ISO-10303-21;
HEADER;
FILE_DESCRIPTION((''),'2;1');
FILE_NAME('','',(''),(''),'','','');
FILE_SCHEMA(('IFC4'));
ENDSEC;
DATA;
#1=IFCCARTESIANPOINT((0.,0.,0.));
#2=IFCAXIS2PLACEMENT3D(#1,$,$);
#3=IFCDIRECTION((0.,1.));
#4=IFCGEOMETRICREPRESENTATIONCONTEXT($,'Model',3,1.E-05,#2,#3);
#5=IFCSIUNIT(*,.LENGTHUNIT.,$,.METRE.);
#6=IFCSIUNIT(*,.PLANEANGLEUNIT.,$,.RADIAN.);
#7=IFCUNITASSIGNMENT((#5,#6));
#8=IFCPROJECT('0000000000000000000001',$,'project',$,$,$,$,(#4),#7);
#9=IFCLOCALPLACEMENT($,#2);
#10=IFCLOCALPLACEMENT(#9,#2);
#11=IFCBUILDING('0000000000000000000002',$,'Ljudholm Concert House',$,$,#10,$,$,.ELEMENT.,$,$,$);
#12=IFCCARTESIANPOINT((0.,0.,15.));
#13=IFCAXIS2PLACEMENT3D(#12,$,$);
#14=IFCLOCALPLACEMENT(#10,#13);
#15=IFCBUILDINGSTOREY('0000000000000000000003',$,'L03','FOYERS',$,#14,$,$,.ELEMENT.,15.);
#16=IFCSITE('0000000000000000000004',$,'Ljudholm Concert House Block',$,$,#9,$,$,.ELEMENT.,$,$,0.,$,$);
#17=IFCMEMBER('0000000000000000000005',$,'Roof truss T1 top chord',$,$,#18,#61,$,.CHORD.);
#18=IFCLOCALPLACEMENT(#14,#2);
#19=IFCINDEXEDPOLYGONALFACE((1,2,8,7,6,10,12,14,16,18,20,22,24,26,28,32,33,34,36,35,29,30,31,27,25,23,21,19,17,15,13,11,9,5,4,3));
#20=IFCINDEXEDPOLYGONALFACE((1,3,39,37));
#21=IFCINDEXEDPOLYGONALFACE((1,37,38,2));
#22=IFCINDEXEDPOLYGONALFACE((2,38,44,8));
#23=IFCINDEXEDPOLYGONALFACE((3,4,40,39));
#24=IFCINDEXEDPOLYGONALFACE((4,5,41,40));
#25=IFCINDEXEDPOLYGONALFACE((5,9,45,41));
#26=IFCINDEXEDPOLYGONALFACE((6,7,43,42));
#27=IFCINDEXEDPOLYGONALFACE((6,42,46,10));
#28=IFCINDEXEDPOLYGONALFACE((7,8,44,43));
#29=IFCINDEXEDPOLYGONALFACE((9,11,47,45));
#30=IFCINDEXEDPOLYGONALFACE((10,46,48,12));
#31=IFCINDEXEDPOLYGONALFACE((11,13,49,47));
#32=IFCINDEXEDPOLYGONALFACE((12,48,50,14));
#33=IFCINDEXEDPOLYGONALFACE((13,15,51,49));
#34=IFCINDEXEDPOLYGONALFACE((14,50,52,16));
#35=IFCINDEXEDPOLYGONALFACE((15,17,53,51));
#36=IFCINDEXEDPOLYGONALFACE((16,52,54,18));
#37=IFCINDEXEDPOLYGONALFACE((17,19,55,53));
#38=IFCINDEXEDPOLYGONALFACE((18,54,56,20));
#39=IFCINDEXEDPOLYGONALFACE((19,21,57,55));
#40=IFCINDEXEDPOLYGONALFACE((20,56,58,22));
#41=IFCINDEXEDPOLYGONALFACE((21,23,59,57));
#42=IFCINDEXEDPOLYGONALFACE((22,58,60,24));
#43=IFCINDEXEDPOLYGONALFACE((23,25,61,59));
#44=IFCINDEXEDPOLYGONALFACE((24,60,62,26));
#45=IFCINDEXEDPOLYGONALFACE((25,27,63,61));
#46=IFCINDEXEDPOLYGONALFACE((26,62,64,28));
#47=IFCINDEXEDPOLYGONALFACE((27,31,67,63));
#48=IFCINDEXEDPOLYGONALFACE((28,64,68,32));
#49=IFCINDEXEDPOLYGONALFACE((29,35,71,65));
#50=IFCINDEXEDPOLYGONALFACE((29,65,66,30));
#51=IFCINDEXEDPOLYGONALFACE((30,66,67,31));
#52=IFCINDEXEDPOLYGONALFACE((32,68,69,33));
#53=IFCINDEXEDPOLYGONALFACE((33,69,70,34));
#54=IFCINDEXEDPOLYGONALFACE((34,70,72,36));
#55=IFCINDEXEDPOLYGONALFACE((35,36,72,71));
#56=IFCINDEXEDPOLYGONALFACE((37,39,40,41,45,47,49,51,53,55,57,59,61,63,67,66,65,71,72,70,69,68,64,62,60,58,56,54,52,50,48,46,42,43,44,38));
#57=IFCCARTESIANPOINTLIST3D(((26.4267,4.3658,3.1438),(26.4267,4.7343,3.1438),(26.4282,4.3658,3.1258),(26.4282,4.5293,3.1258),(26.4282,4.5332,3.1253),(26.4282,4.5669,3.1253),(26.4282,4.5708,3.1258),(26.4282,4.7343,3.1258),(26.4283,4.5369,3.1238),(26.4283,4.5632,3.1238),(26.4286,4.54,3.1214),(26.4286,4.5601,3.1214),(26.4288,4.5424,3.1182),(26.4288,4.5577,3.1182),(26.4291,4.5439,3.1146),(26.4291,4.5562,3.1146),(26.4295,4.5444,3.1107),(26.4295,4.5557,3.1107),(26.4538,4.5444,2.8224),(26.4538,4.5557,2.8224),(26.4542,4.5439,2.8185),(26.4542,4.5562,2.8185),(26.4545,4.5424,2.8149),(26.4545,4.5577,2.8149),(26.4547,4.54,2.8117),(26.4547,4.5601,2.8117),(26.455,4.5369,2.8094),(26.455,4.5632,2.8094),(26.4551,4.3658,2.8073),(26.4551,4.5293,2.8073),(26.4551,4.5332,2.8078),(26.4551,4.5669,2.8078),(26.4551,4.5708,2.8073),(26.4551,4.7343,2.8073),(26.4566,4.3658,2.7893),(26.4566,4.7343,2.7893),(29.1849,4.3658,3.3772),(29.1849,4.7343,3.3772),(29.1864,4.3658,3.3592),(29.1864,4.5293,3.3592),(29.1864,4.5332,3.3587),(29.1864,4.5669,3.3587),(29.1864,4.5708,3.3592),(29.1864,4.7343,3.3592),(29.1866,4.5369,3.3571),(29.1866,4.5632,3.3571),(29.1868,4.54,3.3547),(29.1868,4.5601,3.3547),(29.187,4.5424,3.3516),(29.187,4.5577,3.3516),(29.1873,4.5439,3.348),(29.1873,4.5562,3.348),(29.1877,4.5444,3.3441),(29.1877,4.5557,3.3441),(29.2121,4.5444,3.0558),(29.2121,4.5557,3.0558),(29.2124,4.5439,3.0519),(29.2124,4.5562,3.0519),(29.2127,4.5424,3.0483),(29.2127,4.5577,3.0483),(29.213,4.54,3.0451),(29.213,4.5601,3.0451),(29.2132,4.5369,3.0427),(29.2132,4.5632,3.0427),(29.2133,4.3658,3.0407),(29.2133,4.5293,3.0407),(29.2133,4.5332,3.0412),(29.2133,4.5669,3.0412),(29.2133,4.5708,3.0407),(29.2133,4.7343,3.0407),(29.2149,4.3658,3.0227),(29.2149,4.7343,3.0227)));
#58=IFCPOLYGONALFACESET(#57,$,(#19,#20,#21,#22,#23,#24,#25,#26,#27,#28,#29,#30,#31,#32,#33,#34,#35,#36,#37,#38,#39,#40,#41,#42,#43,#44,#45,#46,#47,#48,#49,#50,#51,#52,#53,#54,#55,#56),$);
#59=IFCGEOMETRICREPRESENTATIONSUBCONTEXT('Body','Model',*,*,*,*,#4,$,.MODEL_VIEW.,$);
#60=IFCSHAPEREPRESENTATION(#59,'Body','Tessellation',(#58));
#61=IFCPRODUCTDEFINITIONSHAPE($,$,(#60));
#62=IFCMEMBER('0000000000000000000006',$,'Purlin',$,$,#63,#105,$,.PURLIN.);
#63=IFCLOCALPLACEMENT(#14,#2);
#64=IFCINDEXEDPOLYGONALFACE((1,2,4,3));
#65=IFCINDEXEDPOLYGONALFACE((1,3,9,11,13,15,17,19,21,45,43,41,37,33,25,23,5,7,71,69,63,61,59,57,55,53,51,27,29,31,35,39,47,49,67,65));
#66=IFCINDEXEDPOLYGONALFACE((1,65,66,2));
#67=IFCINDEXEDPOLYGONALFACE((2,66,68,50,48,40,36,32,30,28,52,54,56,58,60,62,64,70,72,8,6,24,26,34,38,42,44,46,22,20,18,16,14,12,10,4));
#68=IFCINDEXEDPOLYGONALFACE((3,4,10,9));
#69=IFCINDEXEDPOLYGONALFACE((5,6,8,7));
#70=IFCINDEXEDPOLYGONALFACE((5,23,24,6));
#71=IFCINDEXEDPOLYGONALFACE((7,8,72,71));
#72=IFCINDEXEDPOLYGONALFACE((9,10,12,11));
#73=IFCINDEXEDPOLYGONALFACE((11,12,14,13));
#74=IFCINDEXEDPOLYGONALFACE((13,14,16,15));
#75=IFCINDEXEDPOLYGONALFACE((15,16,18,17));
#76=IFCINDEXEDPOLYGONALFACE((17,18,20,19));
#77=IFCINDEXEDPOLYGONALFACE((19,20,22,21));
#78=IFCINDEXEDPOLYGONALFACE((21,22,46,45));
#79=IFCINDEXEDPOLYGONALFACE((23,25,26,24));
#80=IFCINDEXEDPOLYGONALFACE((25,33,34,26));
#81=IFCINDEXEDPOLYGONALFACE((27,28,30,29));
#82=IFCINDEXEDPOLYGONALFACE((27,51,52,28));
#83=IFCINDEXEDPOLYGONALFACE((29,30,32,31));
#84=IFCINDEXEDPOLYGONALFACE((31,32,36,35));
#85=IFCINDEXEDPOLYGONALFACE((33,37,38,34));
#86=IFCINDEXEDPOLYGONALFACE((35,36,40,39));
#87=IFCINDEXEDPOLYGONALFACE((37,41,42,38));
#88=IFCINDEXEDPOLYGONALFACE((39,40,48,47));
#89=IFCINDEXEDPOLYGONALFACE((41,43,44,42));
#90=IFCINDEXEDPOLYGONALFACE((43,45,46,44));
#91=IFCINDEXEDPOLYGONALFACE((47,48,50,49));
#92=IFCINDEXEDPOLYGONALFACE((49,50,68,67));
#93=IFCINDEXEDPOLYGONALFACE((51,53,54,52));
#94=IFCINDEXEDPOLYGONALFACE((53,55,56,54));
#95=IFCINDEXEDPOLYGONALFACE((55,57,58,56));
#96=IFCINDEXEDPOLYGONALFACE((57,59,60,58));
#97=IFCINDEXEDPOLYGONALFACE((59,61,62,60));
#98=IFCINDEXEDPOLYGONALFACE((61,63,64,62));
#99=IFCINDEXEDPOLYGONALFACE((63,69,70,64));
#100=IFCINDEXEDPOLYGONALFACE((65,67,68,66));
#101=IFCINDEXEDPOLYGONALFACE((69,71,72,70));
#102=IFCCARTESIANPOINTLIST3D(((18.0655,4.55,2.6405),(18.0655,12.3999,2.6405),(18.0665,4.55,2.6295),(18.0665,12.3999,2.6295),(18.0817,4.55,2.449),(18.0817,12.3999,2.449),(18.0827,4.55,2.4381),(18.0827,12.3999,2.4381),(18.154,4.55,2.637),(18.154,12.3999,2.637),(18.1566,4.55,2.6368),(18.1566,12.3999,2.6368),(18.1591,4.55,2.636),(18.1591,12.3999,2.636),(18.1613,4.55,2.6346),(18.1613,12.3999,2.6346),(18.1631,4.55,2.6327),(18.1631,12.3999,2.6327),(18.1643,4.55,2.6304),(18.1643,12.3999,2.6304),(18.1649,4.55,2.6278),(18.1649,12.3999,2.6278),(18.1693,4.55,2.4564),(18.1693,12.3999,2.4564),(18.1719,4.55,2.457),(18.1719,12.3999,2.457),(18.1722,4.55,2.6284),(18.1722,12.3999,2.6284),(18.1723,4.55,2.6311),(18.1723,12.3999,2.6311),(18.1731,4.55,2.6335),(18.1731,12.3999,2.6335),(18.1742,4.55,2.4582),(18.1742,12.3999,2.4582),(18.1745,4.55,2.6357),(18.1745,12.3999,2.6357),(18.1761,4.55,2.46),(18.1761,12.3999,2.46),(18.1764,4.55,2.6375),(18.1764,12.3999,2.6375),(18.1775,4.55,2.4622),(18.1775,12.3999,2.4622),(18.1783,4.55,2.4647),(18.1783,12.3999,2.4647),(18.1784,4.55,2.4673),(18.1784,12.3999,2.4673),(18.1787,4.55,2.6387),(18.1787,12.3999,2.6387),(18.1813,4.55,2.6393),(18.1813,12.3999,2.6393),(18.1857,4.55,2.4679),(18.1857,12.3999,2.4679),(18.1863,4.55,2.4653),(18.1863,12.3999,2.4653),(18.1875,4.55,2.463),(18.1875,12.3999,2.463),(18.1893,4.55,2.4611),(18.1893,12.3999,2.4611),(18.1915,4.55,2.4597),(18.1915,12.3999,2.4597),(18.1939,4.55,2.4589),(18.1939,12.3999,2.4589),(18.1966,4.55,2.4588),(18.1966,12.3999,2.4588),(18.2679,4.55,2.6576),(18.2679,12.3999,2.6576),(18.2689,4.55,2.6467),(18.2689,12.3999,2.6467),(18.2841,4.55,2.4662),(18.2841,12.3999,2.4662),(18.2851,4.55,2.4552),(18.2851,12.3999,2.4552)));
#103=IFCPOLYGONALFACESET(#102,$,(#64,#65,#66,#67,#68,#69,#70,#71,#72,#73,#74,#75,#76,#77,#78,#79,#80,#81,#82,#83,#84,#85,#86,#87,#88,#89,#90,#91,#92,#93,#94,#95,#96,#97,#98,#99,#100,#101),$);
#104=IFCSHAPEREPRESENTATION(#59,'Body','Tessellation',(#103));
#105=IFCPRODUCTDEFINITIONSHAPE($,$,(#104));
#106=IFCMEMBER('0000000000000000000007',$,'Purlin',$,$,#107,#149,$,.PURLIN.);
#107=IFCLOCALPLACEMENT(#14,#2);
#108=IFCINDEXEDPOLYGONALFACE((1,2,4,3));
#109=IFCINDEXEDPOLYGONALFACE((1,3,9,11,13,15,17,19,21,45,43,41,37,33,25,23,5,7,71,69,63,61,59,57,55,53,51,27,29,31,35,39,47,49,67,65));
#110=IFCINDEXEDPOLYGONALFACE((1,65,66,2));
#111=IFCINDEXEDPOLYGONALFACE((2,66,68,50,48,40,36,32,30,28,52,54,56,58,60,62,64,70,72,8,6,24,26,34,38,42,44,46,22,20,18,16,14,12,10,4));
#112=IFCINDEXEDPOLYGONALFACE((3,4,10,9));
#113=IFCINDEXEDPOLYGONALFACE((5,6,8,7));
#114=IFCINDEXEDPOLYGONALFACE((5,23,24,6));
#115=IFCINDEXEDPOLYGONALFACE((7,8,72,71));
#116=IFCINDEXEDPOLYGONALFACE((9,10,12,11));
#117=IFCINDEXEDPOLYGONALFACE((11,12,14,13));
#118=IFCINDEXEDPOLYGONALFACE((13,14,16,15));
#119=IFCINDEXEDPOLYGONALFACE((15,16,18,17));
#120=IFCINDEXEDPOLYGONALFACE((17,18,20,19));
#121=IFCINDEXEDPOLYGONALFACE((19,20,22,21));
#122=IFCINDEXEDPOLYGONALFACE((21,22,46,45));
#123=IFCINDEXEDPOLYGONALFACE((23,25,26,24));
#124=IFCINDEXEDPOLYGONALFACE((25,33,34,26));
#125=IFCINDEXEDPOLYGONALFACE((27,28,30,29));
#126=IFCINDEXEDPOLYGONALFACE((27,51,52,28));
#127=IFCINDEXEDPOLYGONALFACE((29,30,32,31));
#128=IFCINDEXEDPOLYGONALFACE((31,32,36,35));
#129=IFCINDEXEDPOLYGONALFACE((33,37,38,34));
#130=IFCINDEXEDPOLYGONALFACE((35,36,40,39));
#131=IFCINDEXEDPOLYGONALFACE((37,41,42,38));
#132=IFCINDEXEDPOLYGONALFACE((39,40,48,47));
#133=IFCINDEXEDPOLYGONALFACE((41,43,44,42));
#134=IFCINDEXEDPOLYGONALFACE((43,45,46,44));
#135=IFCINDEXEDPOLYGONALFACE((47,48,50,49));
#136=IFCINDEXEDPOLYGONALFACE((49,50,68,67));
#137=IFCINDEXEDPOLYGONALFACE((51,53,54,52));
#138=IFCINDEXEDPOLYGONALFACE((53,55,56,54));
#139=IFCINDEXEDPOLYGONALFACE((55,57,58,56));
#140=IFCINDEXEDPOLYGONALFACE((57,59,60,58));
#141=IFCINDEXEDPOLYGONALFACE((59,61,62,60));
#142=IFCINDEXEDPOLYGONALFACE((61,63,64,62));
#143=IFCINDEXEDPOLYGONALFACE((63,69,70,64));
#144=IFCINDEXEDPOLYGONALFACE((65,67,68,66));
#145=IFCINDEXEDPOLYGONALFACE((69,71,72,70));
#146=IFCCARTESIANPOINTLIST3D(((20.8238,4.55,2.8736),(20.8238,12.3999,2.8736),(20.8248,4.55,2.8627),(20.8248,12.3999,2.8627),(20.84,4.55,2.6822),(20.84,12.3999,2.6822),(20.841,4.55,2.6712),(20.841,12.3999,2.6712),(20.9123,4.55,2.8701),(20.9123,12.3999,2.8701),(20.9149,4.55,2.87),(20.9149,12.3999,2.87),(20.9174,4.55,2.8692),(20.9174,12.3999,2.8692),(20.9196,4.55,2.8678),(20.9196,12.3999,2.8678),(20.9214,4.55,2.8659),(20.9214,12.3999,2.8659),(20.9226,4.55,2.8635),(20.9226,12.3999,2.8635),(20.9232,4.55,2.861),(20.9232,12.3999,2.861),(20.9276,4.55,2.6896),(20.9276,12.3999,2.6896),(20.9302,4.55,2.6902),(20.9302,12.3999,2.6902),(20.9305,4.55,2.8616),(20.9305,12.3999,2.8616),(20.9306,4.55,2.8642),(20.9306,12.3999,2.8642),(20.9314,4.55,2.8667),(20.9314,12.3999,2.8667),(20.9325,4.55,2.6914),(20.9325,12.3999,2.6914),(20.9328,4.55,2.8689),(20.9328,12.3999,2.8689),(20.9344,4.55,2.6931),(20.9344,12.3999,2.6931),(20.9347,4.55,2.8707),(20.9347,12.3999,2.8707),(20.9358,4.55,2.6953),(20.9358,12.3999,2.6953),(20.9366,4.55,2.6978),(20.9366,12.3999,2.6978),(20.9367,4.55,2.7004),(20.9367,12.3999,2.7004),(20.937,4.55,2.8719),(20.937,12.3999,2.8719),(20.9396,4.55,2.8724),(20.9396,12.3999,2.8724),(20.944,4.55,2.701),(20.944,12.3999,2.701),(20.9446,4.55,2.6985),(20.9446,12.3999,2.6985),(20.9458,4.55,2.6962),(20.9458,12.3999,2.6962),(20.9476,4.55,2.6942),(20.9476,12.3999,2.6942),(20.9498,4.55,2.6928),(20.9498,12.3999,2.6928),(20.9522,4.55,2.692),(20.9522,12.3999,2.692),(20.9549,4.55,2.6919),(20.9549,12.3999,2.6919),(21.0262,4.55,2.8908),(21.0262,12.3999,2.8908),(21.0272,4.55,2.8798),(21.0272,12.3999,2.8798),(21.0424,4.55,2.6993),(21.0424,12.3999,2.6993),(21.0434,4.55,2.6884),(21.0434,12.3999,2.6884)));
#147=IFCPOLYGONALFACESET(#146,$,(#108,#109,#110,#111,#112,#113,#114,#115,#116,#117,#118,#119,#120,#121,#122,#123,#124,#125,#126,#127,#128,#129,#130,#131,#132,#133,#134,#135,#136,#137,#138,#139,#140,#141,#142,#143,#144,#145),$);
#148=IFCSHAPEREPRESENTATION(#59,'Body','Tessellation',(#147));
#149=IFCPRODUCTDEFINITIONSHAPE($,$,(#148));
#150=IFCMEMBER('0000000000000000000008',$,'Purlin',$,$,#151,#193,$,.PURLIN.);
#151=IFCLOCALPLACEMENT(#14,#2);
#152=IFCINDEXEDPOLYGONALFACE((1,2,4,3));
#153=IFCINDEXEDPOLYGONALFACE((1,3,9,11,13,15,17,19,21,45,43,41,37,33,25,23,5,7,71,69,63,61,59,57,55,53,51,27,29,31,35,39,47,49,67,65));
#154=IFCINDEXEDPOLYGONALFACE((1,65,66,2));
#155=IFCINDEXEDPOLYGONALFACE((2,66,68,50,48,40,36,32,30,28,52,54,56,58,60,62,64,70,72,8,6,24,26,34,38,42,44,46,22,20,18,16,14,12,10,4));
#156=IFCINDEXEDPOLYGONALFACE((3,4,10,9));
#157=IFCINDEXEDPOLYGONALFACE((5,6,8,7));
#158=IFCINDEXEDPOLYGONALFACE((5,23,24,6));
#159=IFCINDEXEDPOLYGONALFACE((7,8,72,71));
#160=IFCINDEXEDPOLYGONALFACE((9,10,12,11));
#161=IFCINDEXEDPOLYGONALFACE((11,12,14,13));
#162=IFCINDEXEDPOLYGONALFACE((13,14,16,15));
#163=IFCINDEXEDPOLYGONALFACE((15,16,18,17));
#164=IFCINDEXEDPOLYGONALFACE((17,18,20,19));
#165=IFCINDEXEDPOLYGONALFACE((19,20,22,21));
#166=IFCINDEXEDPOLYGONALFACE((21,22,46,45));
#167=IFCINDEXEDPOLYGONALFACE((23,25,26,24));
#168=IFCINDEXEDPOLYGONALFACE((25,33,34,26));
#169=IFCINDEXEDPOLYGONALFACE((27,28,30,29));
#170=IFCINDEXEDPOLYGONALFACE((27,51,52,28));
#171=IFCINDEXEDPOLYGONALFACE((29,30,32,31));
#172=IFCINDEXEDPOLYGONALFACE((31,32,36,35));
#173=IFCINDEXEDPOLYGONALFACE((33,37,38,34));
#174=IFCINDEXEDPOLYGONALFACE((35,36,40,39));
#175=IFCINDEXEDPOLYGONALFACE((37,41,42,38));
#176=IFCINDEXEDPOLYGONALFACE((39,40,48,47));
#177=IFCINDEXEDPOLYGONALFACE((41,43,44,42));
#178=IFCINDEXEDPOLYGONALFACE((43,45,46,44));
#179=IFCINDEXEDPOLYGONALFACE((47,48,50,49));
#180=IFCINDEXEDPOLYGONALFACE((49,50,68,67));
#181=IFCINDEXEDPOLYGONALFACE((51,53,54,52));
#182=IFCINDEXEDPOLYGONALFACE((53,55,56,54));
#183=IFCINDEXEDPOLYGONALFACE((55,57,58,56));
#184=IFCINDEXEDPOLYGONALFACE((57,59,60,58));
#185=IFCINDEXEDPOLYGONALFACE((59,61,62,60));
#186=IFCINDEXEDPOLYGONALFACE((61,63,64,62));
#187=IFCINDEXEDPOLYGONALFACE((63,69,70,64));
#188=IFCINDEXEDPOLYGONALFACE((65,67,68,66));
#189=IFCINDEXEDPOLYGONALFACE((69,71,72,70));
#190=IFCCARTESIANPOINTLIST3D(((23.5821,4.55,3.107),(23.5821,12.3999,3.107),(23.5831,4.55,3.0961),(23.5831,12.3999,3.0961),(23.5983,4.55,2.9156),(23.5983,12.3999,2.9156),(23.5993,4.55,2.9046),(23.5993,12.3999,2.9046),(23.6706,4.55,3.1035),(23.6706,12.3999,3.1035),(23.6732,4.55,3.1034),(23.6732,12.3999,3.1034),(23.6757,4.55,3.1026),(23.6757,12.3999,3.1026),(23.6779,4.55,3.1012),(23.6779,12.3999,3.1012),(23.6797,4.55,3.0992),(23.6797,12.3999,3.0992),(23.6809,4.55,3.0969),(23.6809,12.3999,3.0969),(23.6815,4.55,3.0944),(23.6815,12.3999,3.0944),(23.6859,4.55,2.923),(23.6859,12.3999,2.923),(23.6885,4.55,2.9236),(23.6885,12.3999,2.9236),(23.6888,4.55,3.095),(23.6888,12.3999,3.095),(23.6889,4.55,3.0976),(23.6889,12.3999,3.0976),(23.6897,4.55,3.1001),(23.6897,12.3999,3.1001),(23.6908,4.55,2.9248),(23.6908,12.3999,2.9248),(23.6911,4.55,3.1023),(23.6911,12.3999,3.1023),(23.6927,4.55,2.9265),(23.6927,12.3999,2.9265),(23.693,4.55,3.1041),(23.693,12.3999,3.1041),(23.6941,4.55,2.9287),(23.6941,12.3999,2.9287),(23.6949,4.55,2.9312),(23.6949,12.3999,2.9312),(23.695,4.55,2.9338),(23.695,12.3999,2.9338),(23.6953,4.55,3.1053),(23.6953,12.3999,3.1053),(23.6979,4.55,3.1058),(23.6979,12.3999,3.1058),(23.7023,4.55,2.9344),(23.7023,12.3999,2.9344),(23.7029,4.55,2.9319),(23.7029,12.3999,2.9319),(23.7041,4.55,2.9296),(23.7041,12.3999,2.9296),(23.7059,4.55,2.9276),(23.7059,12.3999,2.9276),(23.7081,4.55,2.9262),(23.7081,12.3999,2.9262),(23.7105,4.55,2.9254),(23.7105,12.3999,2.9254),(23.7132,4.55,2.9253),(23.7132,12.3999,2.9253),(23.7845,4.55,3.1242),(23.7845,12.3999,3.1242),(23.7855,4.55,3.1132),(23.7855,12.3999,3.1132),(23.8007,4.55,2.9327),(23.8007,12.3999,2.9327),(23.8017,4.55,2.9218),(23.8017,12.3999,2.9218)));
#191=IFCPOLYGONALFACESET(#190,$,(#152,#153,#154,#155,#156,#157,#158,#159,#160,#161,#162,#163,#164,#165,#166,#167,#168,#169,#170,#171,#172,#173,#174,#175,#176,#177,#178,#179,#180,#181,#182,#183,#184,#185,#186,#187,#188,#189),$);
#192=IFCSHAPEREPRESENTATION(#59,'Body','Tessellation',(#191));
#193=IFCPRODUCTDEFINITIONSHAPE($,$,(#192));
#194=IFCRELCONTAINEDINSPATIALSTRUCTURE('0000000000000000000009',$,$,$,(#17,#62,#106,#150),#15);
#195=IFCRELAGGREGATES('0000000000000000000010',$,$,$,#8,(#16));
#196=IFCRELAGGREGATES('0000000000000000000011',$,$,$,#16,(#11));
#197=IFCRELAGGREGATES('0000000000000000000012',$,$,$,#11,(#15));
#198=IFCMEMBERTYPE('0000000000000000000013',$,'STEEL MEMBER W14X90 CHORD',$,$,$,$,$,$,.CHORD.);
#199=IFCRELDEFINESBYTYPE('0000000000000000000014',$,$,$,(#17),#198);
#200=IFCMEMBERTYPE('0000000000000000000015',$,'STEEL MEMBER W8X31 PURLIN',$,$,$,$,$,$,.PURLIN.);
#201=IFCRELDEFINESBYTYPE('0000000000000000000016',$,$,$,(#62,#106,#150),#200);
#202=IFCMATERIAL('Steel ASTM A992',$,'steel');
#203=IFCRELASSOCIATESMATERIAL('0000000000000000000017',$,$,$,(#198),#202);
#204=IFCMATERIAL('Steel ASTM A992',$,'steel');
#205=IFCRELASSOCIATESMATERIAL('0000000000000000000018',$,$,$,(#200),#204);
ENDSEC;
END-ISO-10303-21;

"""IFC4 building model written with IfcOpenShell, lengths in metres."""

from ifc_helpers import new_model, si_unit, direction, frame, origin, origin_2d, place, context, subcontext, project, spatial, i_section, extrude, material, material_profile, profile_set, type_object, element, save


model = new_model("IFC4")

# Units and contexts
model_context = context("Model", 3, precision=1e-05, world=origin(), true_north=direction((0.0, 1.0)))
body_context = subcontext(model_context, "Body", "Model", "MODEL_VIEW")
ifc_project = project(units=[si_unit("LENGTHUNIT", "METRE"), si_unit("PLANEANGLEUNIT", "RADIAN")], contexts=[model_context])

# Site, building, storey
site_placement = place(None, origin())
site = spatial("IfcSite", under=ifc_project, at=site_placement, Name="Ljudholm Concert House Block", CompositionType="ELEMENT", RefElevation=0.0)
building_placement = place(site_placement, origin())
building = spatial("IfcBuilding", under=site, at=building_placement, Name="Ljudholm Concert House", CompositionType="ELEMENT")
storey_placement = place(building_placement, frame((0.0, 0.0, 15.0)))
storey = spatial("IfcBuildingStorey", under=building, at=storey_placement, Name="L03", Description="FOYERS", CompositionType="ELEMENT", Elevation=15.0)

# Members
ifc_material_1 = material(Name="Steel ASTM A992", Category="steel")
ifc_material_profile_1 = material_profile(ifc_material_1, i_section(OverallWidth=0.3684, OverallDepth=0.3557, WebThickness=0.0112, FlangeThickness=0.0181, FilletRadius=0.0151, at=origin_2d()), Name="W14X90")
ifc_profile_set_1 = profile_set([ifc_material_profile_1], Name="Steel ASTM A992")
member_type_1 = type_object("IfcMemberType", Name="STEEL MEMBER W14X90 CHORD", PredefinedType="CHORD", material=ifc_profile_set_1)
for number, where, z_axis, x_axis, name in (
    (1, (26.4417, 4.55, 2.9666), (0.996439, 0.0, 0.084315), (0.0, 1.0, 0.0), "Roof truss T1 top chord"),
):
    element("IfcMember", number, at=place(storey_placement, frame(where, z_axis=z_axis, x_axis=x_axis)), inside=storey, type_object=member_type_1, Name=name, PredefinedType="CHORD", context=body_context, shape_type="SweptSolid", body=[
        extrude(i_section(OverallWidth=0.3684, OverallDepth=0.3557, WebThickness=0.0112, FlangeThickness=0.0181, FilletRadius=0.0151, at=origin_2d()), origin(), (0.0, 0.0, 1.0), 2.7681),
    ])
ifc_material_2 = material(Name="Steel ASTM A992", Category="steel")
ifc_material_profile_2 = material_profile(ifc_material_2, i_section(OverallWidth=0.2031, OverallDepth=0.2031, WebThickness=0.0073, FlangeThickness=0.011, FilletRadius=0.01, at=origin_2d()), Name="W8X31")
ifc_profile_set_2 = profile_set([ifc_material_profile_2], Name="Steel ASTM A992")
member_type_2 = type_object("IfcMemberType", Name="STEEL MEMBER W8X31 PURLIN", PredefinedType="PURLIN", material=ifc_profile_set_2)
for number, where, z_axis, x_axis, name in (
    (2, (18.1753, 4.55, 2.5479), (0.0, 1.0, 0.0), (-0.996441, 0.0, -0.084291), "Purlin"),
    (3, (20.9336, 4.55, 2.781), (0.0, 1.0, 0.0), (-0.996441, 0.0, -0.084291), "Purlin"),
    (4, (23.6919, 4.55, 3.0144), (0.0, 1.0, 0.0), (-0.996441, 0.0, -0.084291), "Purlin"),
):
    element("IfcMember", number, at=place(storey_placement, frame(where, z_axis=z_axis, x_axis=x_axis)), inside=storey, type_object=member_type_2, Name=name, PredefinedType="PURLIN", context=body_context, shape_type="SweptSolid", body=[
        extrude(i_section(OverallWidth=0.2031, OverallDepth=0.2031, WebThickness=0.0073, FlangeThickness=0.011, FilletRadius=0.01, at=origin_2d()), origin(), (0.0, 0.0, 1.0), 7.8499),
    ])

save(model, "model.ifc")
